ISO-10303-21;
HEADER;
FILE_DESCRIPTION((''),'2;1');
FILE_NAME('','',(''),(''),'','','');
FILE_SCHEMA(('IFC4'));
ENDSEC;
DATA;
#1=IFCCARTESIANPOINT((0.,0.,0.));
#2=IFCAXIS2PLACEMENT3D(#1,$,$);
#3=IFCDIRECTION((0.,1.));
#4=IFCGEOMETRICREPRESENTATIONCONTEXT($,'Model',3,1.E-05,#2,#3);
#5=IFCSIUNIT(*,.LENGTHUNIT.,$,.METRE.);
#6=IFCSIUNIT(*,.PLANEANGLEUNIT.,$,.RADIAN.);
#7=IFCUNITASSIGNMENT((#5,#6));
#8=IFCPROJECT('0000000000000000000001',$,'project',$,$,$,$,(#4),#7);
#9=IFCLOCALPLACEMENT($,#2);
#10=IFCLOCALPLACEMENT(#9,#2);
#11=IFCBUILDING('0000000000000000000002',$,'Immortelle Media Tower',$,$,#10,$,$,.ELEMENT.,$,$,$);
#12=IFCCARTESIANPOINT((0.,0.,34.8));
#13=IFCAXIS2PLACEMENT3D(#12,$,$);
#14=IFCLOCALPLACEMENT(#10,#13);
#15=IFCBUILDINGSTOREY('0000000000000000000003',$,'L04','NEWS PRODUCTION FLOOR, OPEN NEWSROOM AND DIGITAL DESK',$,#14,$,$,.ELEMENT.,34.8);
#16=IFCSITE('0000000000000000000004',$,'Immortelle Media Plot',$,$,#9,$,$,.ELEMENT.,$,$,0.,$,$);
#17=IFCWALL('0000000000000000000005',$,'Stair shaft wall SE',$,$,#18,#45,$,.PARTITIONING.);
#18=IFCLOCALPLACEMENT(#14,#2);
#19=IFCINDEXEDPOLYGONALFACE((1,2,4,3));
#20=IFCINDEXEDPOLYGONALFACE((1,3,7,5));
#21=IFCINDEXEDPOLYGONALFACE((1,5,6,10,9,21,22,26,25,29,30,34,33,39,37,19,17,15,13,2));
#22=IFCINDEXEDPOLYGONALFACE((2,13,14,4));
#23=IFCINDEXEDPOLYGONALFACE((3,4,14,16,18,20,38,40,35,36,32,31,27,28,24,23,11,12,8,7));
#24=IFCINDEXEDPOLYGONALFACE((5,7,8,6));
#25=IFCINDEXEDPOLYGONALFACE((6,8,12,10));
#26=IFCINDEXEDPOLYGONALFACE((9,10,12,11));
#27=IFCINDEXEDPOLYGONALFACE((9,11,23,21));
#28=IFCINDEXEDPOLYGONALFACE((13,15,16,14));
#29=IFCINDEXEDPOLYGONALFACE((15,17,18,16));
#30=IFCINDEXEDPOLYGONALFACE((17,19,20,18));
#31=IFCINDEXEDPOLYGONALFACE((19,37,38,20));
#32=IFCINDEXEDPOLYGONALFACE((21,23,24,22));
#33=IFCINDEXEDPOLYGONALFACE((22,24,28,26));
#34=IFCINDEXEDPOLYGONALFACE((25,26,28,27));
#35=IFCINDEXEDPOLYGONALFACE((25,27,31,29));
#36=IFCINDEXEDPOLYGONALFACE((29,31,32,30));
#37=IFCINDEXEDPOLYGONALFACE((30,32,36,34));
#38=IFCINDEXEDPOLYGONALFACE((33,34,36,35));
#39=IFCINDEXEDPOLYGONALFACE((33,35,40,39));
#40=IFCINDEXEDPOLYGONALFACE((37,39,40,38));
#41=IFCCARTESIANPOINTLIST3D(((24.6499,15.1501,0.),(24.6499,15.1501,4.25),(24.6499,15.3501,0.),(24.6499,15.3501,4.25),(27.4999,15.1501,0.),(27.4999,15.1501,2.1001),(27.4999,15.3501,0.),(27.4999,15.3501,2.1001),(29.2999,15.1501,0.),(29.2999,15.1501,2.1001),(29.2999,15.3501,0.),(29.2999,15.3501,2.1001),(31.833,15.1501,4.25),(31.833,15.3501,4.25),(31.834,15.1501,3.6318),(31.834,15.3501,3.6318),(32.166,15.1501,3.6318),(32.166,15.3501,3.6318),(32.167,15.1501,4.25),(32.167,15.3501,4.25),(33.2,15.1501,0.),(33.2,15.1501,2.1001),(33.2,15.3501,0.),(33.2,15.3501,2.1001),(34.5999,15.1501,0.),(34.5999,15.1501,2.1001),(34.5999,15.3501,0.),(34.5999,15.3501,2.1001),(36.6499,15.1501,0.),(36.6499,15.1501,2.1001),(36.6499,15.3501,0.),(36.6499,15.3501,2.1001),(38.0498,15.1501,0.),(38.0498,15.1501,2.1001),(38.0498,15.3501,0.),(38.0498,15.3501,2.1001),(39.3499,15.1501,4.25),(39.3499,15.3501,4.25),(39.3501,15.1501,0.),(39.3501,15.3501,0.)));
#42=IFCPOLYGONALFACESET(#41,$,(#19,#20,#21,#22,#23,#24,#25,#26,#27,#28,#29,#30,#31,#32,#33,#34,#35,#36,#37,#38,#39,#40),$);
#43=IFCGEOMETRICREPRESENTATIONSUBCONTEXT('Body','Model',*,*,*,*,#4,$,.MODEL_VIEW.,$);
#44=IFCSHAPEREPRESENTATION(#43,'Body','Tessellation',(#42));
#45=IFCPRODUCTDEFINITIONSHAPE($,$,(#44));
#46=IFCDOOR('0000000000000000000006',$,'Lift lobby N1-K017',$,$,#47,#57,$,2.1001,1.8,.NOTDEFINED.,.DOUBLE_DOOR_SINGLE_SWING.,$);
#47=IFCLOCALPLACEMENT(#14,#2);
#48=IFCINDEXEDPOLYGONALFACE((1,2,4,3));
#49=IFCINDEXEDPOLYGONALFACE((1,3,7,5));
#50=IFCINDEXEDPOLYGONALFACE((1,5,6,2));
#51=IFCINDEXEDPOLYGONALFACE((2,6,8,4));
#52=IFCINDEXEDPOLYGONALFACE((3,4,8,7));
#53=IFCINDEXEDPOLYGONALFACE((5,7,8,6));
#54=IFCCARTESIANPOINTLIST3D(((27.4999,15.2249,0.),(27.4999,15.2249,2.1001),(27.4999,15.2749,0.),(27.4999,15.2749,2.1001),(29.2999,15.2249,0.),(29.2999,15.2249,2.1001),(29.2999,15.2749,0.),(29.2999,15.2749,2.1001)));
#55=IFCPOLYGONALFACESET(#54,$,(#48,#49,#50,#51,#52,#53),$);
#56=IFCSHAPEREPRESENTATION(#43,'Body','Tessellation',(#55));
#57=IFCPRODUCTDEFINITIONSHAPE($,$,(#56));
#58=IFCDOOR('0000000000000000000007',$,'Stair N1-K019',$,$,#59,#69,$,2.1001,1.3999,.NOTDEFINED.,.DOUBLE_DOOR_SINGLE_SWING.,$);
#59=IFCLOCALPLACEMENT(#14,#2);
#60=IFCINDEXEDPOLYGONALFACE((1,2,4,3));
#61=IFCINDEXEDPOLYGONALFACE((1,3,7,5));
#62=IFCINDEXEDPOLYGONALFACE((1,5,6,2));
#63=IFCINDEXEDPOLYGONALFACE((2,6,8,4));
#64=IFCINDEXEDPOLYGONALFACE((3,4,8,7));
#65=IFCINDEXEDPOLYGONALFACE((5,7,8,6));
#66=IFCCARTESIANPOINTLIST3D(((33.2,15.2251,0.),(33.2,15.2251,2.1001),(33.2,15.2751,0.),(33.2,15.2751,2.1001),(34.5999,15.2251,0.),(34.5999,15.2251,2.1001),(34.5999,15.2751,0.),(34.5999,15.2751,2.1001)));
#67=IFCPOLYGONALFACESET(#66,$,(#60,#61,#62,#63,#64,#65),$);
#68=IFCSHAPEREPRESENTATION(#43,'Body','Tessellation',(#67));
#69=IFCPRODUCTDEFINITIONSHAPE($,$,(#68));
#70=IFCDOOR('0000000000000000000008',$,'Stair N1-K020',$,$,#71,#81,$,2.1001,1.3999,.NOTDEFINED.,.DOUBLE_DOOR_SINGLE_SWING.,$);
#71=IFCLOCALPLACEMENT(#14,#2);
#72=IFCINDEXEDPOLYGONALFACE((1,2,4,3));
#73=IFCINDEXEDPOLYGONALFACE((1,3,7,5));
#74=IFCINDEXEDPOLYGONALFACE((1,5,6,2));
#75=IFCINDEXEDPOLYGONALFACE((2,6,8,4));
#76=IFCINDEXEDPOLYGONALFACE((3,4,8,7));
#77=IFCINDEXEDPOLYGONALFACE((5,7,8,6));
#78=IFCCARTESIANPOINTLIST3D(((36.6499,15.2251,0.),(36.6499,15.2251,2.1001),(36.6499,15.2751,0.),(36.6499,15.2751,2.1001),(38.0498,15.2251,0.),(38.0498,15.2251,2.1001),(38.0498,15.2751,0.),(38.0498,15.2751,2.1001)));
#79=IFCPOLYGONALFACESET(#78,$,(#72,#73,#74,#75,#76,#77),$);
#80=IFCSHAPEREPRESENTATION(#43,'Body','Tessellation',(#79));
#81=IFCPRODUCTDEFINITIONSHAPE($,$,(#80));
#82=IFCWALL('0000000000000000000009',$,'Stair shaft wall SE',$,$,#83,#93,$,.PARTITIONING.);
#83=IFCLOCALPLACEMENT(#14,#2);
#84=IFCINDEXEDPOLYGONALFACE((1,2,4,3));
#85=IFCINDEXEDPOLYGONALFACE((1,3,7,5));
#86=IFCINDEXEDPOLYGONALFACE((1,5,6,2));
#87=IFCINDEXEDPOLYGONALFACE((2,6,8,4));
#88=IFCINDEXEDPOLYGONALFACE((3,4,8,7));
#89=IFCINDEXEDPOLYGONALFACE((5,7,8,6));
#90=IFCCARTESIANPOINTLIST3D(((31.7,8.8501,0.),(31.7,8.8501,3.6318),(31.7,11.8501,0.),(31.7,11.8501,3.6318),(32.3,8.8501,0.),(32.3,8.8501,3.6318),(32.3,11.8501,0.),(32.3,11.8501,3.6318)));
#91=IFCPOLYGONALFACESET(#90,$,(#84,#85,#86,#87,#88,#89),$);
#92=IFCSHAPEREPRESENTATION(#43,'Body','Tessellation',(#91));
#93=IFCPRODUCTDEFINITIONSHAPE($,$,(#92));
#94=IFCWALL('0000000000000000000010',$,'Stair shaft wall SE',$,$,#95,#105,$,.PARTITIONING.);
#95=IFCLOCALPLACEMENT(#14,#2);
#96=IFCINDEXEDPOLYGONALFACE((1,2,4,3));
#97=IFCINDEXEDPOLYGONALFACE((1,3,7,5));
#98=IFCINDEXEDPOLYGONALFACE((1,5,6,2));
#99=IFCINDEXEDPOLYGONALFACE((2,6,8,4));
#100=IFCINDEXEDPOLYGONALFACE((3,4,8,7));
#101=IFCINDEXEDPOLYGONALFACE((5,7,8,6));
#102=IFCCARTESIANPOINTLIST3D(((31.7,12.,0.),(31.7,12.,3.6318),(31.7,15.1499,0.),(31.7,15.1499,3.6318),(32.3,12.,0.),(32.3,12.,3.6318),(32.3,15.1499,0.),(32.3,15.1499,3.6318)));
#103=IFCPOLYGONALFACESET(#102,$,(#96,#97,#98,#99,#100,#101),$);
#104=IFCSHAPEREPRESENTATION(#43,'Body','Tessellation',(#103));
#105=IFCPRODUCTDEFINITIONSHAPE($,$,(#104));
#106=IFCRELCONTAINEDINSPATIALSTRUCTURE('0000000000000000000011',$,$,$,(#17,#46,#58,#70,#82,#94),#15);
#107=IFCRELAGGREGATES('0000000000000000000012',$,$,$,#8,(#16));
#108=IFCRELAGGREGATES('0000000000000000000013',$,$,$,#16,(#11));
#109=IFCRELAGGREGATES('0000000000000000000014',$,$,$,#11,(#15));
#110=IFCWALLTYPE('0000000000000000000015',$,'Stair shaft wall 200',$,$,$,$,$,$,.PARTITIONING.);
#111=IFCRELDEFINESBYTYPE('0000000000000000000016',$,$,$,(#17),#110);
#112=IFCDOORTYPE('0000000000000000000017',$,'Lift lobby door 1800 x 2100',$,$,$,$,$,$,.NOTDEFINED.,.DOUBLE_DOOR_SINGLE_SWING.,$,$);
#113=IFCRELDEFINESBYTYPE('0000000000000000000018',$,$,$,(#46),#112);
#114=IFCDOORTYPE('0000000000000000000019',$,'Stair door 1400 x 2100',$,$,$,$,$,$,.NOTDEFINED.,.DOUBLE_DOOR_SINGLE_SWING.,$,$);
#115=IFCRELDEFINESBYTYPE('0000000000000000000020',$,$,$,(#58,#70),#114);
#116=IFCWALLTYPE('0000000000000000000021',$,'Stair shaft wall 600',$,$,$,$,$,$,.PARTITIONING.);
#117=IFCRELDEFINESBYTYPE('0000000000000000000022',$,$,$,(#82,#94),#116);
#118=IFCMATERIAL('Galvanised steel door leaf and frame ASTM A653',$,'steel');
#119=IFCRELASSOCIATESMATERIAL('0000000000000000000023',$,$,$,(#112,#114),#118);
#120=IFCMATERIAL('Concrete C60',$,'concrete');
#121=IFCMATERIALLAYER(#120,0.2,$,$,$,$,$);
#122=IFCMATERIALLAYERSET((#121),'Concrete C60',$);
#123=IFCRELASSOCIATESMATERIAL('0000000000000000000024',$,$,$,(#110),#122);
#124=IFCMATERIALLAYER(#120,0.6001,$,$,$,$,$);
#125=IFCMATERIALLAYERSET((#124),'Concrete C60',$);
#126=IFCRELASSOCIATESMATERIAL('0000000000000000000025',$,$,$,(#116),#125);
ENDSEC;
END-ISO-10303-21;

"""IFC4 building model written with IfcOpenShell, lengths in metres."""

from ifc_helpers import new_model, si_unit, direction, frame, frame_2d, origin, place, context, subcontext, project, spatial, polyline, rectangle, outline, extrude, material, layer, layer_set, type_object, element, fill, save


model = new_model("IFC4")

# Units and contexts
model_context = context("Model", 3, precision=1e-05, world=origin(), true_north=direction((0.0, 1.0)))
body_context = subcontext(model_context, "Body", "Model", "MODEL_VIEW")
ifc_project = project(units=[si_unit("LENGTHUNIT", "METRE"), si_unit("PLANEANGLEUNIT", "RADIAN")], contexts=[model_context])

# Site, building, storey
site_placement = place(None, origin())
site = spatial("IfcSite", under=ifc_project, at=site_placement, Name="Immortelle Media Plot", CompositionType="ELEMENT", RefElevation=0.0)
building_placement = place(site_placement, origin())
building = spatial("IfcBuilding", under=site, at=building_placement, Name="Immortelle Media Tower", CompositionType="ELEMENT")
storey_placement = place(building_placement, frame((0.0, 0.0, 34.8)))
storey = spatial("IfcBuildingStorey", under=building, at=storey_placement, Name="L04", Description="NEWS PRODUCTION FLOOR, OPEN NEWSROOM AND DIGITAL DESK", CompositionType="ELEMENT", Elevation=34.8)

# Shared definitions
ifc_material_1 = material(Name="Galvanised steel door leaf and frame ASTM A653", Category="steel")
door_type_1 = type_object("IfcDoorType", Name="Lift lobby door 1800 x 2100", OperationType="DOUBLE_DOOR_SINGLE_SWING", PredefinedType="NOTDEFINED", material=ifc_material_1)

# Shared definitions
ifc_material_2 = material(Name="Concrete C60", Category="concrete")
ifc_layer_1 = layer(ifc_material_2, 0.2)
ifc_layer_set_1 = layer_set([ifc_layer_1], Name="Concrete C60")
wall_type_1 = type_object("IfcWallType", Name="Stair shaft wall 200", PredefinedType="PARTITIONING", material=ifc_layer_set_1)

# Wall, openings, doors
wall_1_placement = place(storey_placement, frame((24.6499, 15.25, 0.0), z_axis=(0.0, 0.0, 1.0), x_axis=(1.0, 0.0, 0.0)))
wall_1 = element("IfcWall", 1, at=wall_1_placement, inside=storey, type_object=wall_type_1, Name="Stair shaft wall SE", PredefinedType="PARTITIONING", context=body_context, shape_type="SweptSolid", body=[
    extrude(outline(polyline([(0.0, 0.0), (14.7002, 0.0), (14.7, 4.25), (7.5171, 4.25), (7.5161, 3.6318), (7.1841, 3.6318), (7.1831, 4.25), (0.0, 4.25), (0.0, 0.0)])), frame((0.0, 0.1001, 0.0), z_axis=(0.0, -1.0, 0.0), x_axis=(1.0, 0.0, 0.0)), (0.0, 0.0, 1.0), 0.2),
])
opening_1_placement = place(wall_1_placement, frame((2.8501, 0.0, 0.0)))
opening_1 = element("IfcOpeningElement", 2, at=opening_1_placement, cuts=wall_1, PredefinedType="OPENING", context=body_context, shape_type="SweptSolid", body=[
    extrude(rectangle(XDim=1.8, YDim=2.1001, at=frame_2d((0.8999, 1.05))), frame((0.0, 0.1099, 0.0), z_axis=(0.0, -1.0, 0.0), x_axis=(1.0, 0.0, 0.0)), (0.0, 0.0, 1.0), 0.22),
])
opening_2_placement = place(wall_1_placement, frame((9.95, 0.0, 0.0), z_axis=(0.0, 0.0, 1.0), x_axis=(-1.0, 0.0, 0.0)))
opening_2 = element("IfcOpeningElement", 3, at=opening_2_placement, cuts=wall_1, PredefinedType="OPENING", context=body_context, shape_type="SweptSolid", body=[
    extrude(rectangle(XDim=1.3999, YDim=2.1001, at=frame_2d((0.7, 1.05))), frame((0.0, 0.1099, 0.0), z_axis=(0.0, -1.0, 0.0), x_axis=(1.0, 0.0, 0.0)), (0.0, 0.0, 1.0), 0.22),
])
opening_3_placement = place(wall_1_placement, frame((13.3999, 0.0, 0.0), z_axis=(0.0, 0.0, 1.0), x_axis=(-1.0, 0.0, 0.0)))
opening_3 = element("IfcOpeningElement", 4, at=opening_3_placement, cuts=wall_1, PredefinedType="OPENING", context=body_context, shape_type="SweptSolid", body=[
    extrude(rectangle(XDim=1.3999, YDim=2.1001, at=frame_2d((0.7, 1.05))), frame((0.0, 0.1099, 0.0), z_axis=(0.0, -1.0, 0.0), x_axis=(1.0, 0.0, 0.0)), (0.0, 0.0, 1.0), 0.22),
])
door_1_placement = place(opening_1_placement, origin())
door_1 = element("IfcDoor", 5, at=door_1_placement, inside=storey, type_object=door_type_1, Name="Lift lobby N1-K017", OperationType="DOUBLE_DOOR_SINGLE_SWING", OverallHeight=2.1001, OverallWidth=1.8, PredefinedType="NOTDEFINED", context=body_context, shape_type="SweptSolid", body=[
    extrude(rectangle(XDim=1.8, YDim=2.1001, at=frame_2d((0.8999, 1.05))), frame((0.0, 0.0249, 0.0), z_axis=(0.0, -1.0, 0.0), x_axis=(1.0, 0.0, 0.0)), (0.0, 0.0, 1.0), 0.05),
])
fill(opening_1, door_1)
door_type_2 = type_object("IfcDoorType", Name="Stair door 1400 x 2100", OperationType="DOUBLE_DOOR_SINGLE_SWING", PredefinedType="NOTDEFINED", material=ifc_material_1)
door_2_placement = place(opening_2_placement, origin())
door_2 = element("IfcDoor", 6, at=door_2_placement, inside=storey, type_object=door_type_2, Name="Stair N1-K019", OperationType="DOUBLE_DOOR_SINGLE_SWING", OverallHeight=2.1001, OverallWidth=1.3999, PredefinedType="NOTDEFINED", context=body_context, shape_type="SweptSolid", body=[
    extrude(rectangle(XDim=1.3999, YDim=2.1001, at=frame_2d((0.7, 1.05))), frame((0.0, 0.0249, 0.0), z_axis=(0.0, -1.0, 0.0), x_axis=(1.0, 0.0, 0.0)), (0.0, 0.0, 1.0), 0.05),
])
fill(opening_2, door_2)
door_3_placement = place(opening_3_placement, origin())
door_3 = element("IfcDoor", 7, at=door_3_placement, inside=storey, type_object=door_type_2, Name="Stair N1-K020", OperationType="DOUBLE_DOOR_SINGLE_SWING", OverallHeight=2.1001, OverallWidth=1.3999, PredefinedType="NOTDEFINED", context=body_context, shape_type="SweptSolid", body=[
    extrude(rectangle(XDim=1.3999, YDim=2.1001, at=frame_2d((0.7, 1.05))), frame((0.0, 0.0249, 0.0), z_axis=(0.0, -1.0, 0.0), x_axis=(1.0, 0.0, 0.0)), (0.0, 0.0, 1.0), 0.05),
])
fill(opening_3, door_3)

# Walls
ifc_layer_2 = layer(ifc_material_2, 0.6001)
ifc_layer_set_2 = layer_set([ifc_layer_2], Name="Concrete C60")
wall_type_2 = type_object("IfcWallType", Name="Stair shaft wall 600", PredefinedType="PARTITIONING", material=ifc_layer_set_2)
wall_2_placement = place(storey_placement, frame((32.0, 8.8501, 0.0), z_axis=(0.0, 0.0, 1.0), x_axis=(0.0, 1.0, 0.0)))
element("IfcWall", 8, at=wall_2_placement, inside=storey, type_object=wall_type_2, Name="Stair shaft wall SE", PredefinedType="PARTITIONING", context=body_context, shape_type="SweptSolid", body=[
    extrude(rectangle(XDim=3.0, YDim=0.6001, at=frame_2d((1.5, 0.0))), origin(), (0.0, 0.0, 1.0), 3.6318),
])
wall_3_placement = place(storey_placement, frame((32.0, 12.0, 0.0), z_axis=(0.0, 0.0, 1.0), x_axis=(0.0, 1.0, 0.0)))
element("IfcWall", 9, at=wall_3_placement, inside=storey, type_object=wall_type_2, Name="Stair shaft wall SE", PredefinedType="PARTITIONING", context=body_context, shape_type="SweptSolid", body=[
    extrude(rectangle(XDim=3.1499, YDim=0.6001, at=frame_2d((1.575, 0.0))), origin(), (0.0, 0.0, 1.0), 3.6318),
])

save(model, "model.ifc")
